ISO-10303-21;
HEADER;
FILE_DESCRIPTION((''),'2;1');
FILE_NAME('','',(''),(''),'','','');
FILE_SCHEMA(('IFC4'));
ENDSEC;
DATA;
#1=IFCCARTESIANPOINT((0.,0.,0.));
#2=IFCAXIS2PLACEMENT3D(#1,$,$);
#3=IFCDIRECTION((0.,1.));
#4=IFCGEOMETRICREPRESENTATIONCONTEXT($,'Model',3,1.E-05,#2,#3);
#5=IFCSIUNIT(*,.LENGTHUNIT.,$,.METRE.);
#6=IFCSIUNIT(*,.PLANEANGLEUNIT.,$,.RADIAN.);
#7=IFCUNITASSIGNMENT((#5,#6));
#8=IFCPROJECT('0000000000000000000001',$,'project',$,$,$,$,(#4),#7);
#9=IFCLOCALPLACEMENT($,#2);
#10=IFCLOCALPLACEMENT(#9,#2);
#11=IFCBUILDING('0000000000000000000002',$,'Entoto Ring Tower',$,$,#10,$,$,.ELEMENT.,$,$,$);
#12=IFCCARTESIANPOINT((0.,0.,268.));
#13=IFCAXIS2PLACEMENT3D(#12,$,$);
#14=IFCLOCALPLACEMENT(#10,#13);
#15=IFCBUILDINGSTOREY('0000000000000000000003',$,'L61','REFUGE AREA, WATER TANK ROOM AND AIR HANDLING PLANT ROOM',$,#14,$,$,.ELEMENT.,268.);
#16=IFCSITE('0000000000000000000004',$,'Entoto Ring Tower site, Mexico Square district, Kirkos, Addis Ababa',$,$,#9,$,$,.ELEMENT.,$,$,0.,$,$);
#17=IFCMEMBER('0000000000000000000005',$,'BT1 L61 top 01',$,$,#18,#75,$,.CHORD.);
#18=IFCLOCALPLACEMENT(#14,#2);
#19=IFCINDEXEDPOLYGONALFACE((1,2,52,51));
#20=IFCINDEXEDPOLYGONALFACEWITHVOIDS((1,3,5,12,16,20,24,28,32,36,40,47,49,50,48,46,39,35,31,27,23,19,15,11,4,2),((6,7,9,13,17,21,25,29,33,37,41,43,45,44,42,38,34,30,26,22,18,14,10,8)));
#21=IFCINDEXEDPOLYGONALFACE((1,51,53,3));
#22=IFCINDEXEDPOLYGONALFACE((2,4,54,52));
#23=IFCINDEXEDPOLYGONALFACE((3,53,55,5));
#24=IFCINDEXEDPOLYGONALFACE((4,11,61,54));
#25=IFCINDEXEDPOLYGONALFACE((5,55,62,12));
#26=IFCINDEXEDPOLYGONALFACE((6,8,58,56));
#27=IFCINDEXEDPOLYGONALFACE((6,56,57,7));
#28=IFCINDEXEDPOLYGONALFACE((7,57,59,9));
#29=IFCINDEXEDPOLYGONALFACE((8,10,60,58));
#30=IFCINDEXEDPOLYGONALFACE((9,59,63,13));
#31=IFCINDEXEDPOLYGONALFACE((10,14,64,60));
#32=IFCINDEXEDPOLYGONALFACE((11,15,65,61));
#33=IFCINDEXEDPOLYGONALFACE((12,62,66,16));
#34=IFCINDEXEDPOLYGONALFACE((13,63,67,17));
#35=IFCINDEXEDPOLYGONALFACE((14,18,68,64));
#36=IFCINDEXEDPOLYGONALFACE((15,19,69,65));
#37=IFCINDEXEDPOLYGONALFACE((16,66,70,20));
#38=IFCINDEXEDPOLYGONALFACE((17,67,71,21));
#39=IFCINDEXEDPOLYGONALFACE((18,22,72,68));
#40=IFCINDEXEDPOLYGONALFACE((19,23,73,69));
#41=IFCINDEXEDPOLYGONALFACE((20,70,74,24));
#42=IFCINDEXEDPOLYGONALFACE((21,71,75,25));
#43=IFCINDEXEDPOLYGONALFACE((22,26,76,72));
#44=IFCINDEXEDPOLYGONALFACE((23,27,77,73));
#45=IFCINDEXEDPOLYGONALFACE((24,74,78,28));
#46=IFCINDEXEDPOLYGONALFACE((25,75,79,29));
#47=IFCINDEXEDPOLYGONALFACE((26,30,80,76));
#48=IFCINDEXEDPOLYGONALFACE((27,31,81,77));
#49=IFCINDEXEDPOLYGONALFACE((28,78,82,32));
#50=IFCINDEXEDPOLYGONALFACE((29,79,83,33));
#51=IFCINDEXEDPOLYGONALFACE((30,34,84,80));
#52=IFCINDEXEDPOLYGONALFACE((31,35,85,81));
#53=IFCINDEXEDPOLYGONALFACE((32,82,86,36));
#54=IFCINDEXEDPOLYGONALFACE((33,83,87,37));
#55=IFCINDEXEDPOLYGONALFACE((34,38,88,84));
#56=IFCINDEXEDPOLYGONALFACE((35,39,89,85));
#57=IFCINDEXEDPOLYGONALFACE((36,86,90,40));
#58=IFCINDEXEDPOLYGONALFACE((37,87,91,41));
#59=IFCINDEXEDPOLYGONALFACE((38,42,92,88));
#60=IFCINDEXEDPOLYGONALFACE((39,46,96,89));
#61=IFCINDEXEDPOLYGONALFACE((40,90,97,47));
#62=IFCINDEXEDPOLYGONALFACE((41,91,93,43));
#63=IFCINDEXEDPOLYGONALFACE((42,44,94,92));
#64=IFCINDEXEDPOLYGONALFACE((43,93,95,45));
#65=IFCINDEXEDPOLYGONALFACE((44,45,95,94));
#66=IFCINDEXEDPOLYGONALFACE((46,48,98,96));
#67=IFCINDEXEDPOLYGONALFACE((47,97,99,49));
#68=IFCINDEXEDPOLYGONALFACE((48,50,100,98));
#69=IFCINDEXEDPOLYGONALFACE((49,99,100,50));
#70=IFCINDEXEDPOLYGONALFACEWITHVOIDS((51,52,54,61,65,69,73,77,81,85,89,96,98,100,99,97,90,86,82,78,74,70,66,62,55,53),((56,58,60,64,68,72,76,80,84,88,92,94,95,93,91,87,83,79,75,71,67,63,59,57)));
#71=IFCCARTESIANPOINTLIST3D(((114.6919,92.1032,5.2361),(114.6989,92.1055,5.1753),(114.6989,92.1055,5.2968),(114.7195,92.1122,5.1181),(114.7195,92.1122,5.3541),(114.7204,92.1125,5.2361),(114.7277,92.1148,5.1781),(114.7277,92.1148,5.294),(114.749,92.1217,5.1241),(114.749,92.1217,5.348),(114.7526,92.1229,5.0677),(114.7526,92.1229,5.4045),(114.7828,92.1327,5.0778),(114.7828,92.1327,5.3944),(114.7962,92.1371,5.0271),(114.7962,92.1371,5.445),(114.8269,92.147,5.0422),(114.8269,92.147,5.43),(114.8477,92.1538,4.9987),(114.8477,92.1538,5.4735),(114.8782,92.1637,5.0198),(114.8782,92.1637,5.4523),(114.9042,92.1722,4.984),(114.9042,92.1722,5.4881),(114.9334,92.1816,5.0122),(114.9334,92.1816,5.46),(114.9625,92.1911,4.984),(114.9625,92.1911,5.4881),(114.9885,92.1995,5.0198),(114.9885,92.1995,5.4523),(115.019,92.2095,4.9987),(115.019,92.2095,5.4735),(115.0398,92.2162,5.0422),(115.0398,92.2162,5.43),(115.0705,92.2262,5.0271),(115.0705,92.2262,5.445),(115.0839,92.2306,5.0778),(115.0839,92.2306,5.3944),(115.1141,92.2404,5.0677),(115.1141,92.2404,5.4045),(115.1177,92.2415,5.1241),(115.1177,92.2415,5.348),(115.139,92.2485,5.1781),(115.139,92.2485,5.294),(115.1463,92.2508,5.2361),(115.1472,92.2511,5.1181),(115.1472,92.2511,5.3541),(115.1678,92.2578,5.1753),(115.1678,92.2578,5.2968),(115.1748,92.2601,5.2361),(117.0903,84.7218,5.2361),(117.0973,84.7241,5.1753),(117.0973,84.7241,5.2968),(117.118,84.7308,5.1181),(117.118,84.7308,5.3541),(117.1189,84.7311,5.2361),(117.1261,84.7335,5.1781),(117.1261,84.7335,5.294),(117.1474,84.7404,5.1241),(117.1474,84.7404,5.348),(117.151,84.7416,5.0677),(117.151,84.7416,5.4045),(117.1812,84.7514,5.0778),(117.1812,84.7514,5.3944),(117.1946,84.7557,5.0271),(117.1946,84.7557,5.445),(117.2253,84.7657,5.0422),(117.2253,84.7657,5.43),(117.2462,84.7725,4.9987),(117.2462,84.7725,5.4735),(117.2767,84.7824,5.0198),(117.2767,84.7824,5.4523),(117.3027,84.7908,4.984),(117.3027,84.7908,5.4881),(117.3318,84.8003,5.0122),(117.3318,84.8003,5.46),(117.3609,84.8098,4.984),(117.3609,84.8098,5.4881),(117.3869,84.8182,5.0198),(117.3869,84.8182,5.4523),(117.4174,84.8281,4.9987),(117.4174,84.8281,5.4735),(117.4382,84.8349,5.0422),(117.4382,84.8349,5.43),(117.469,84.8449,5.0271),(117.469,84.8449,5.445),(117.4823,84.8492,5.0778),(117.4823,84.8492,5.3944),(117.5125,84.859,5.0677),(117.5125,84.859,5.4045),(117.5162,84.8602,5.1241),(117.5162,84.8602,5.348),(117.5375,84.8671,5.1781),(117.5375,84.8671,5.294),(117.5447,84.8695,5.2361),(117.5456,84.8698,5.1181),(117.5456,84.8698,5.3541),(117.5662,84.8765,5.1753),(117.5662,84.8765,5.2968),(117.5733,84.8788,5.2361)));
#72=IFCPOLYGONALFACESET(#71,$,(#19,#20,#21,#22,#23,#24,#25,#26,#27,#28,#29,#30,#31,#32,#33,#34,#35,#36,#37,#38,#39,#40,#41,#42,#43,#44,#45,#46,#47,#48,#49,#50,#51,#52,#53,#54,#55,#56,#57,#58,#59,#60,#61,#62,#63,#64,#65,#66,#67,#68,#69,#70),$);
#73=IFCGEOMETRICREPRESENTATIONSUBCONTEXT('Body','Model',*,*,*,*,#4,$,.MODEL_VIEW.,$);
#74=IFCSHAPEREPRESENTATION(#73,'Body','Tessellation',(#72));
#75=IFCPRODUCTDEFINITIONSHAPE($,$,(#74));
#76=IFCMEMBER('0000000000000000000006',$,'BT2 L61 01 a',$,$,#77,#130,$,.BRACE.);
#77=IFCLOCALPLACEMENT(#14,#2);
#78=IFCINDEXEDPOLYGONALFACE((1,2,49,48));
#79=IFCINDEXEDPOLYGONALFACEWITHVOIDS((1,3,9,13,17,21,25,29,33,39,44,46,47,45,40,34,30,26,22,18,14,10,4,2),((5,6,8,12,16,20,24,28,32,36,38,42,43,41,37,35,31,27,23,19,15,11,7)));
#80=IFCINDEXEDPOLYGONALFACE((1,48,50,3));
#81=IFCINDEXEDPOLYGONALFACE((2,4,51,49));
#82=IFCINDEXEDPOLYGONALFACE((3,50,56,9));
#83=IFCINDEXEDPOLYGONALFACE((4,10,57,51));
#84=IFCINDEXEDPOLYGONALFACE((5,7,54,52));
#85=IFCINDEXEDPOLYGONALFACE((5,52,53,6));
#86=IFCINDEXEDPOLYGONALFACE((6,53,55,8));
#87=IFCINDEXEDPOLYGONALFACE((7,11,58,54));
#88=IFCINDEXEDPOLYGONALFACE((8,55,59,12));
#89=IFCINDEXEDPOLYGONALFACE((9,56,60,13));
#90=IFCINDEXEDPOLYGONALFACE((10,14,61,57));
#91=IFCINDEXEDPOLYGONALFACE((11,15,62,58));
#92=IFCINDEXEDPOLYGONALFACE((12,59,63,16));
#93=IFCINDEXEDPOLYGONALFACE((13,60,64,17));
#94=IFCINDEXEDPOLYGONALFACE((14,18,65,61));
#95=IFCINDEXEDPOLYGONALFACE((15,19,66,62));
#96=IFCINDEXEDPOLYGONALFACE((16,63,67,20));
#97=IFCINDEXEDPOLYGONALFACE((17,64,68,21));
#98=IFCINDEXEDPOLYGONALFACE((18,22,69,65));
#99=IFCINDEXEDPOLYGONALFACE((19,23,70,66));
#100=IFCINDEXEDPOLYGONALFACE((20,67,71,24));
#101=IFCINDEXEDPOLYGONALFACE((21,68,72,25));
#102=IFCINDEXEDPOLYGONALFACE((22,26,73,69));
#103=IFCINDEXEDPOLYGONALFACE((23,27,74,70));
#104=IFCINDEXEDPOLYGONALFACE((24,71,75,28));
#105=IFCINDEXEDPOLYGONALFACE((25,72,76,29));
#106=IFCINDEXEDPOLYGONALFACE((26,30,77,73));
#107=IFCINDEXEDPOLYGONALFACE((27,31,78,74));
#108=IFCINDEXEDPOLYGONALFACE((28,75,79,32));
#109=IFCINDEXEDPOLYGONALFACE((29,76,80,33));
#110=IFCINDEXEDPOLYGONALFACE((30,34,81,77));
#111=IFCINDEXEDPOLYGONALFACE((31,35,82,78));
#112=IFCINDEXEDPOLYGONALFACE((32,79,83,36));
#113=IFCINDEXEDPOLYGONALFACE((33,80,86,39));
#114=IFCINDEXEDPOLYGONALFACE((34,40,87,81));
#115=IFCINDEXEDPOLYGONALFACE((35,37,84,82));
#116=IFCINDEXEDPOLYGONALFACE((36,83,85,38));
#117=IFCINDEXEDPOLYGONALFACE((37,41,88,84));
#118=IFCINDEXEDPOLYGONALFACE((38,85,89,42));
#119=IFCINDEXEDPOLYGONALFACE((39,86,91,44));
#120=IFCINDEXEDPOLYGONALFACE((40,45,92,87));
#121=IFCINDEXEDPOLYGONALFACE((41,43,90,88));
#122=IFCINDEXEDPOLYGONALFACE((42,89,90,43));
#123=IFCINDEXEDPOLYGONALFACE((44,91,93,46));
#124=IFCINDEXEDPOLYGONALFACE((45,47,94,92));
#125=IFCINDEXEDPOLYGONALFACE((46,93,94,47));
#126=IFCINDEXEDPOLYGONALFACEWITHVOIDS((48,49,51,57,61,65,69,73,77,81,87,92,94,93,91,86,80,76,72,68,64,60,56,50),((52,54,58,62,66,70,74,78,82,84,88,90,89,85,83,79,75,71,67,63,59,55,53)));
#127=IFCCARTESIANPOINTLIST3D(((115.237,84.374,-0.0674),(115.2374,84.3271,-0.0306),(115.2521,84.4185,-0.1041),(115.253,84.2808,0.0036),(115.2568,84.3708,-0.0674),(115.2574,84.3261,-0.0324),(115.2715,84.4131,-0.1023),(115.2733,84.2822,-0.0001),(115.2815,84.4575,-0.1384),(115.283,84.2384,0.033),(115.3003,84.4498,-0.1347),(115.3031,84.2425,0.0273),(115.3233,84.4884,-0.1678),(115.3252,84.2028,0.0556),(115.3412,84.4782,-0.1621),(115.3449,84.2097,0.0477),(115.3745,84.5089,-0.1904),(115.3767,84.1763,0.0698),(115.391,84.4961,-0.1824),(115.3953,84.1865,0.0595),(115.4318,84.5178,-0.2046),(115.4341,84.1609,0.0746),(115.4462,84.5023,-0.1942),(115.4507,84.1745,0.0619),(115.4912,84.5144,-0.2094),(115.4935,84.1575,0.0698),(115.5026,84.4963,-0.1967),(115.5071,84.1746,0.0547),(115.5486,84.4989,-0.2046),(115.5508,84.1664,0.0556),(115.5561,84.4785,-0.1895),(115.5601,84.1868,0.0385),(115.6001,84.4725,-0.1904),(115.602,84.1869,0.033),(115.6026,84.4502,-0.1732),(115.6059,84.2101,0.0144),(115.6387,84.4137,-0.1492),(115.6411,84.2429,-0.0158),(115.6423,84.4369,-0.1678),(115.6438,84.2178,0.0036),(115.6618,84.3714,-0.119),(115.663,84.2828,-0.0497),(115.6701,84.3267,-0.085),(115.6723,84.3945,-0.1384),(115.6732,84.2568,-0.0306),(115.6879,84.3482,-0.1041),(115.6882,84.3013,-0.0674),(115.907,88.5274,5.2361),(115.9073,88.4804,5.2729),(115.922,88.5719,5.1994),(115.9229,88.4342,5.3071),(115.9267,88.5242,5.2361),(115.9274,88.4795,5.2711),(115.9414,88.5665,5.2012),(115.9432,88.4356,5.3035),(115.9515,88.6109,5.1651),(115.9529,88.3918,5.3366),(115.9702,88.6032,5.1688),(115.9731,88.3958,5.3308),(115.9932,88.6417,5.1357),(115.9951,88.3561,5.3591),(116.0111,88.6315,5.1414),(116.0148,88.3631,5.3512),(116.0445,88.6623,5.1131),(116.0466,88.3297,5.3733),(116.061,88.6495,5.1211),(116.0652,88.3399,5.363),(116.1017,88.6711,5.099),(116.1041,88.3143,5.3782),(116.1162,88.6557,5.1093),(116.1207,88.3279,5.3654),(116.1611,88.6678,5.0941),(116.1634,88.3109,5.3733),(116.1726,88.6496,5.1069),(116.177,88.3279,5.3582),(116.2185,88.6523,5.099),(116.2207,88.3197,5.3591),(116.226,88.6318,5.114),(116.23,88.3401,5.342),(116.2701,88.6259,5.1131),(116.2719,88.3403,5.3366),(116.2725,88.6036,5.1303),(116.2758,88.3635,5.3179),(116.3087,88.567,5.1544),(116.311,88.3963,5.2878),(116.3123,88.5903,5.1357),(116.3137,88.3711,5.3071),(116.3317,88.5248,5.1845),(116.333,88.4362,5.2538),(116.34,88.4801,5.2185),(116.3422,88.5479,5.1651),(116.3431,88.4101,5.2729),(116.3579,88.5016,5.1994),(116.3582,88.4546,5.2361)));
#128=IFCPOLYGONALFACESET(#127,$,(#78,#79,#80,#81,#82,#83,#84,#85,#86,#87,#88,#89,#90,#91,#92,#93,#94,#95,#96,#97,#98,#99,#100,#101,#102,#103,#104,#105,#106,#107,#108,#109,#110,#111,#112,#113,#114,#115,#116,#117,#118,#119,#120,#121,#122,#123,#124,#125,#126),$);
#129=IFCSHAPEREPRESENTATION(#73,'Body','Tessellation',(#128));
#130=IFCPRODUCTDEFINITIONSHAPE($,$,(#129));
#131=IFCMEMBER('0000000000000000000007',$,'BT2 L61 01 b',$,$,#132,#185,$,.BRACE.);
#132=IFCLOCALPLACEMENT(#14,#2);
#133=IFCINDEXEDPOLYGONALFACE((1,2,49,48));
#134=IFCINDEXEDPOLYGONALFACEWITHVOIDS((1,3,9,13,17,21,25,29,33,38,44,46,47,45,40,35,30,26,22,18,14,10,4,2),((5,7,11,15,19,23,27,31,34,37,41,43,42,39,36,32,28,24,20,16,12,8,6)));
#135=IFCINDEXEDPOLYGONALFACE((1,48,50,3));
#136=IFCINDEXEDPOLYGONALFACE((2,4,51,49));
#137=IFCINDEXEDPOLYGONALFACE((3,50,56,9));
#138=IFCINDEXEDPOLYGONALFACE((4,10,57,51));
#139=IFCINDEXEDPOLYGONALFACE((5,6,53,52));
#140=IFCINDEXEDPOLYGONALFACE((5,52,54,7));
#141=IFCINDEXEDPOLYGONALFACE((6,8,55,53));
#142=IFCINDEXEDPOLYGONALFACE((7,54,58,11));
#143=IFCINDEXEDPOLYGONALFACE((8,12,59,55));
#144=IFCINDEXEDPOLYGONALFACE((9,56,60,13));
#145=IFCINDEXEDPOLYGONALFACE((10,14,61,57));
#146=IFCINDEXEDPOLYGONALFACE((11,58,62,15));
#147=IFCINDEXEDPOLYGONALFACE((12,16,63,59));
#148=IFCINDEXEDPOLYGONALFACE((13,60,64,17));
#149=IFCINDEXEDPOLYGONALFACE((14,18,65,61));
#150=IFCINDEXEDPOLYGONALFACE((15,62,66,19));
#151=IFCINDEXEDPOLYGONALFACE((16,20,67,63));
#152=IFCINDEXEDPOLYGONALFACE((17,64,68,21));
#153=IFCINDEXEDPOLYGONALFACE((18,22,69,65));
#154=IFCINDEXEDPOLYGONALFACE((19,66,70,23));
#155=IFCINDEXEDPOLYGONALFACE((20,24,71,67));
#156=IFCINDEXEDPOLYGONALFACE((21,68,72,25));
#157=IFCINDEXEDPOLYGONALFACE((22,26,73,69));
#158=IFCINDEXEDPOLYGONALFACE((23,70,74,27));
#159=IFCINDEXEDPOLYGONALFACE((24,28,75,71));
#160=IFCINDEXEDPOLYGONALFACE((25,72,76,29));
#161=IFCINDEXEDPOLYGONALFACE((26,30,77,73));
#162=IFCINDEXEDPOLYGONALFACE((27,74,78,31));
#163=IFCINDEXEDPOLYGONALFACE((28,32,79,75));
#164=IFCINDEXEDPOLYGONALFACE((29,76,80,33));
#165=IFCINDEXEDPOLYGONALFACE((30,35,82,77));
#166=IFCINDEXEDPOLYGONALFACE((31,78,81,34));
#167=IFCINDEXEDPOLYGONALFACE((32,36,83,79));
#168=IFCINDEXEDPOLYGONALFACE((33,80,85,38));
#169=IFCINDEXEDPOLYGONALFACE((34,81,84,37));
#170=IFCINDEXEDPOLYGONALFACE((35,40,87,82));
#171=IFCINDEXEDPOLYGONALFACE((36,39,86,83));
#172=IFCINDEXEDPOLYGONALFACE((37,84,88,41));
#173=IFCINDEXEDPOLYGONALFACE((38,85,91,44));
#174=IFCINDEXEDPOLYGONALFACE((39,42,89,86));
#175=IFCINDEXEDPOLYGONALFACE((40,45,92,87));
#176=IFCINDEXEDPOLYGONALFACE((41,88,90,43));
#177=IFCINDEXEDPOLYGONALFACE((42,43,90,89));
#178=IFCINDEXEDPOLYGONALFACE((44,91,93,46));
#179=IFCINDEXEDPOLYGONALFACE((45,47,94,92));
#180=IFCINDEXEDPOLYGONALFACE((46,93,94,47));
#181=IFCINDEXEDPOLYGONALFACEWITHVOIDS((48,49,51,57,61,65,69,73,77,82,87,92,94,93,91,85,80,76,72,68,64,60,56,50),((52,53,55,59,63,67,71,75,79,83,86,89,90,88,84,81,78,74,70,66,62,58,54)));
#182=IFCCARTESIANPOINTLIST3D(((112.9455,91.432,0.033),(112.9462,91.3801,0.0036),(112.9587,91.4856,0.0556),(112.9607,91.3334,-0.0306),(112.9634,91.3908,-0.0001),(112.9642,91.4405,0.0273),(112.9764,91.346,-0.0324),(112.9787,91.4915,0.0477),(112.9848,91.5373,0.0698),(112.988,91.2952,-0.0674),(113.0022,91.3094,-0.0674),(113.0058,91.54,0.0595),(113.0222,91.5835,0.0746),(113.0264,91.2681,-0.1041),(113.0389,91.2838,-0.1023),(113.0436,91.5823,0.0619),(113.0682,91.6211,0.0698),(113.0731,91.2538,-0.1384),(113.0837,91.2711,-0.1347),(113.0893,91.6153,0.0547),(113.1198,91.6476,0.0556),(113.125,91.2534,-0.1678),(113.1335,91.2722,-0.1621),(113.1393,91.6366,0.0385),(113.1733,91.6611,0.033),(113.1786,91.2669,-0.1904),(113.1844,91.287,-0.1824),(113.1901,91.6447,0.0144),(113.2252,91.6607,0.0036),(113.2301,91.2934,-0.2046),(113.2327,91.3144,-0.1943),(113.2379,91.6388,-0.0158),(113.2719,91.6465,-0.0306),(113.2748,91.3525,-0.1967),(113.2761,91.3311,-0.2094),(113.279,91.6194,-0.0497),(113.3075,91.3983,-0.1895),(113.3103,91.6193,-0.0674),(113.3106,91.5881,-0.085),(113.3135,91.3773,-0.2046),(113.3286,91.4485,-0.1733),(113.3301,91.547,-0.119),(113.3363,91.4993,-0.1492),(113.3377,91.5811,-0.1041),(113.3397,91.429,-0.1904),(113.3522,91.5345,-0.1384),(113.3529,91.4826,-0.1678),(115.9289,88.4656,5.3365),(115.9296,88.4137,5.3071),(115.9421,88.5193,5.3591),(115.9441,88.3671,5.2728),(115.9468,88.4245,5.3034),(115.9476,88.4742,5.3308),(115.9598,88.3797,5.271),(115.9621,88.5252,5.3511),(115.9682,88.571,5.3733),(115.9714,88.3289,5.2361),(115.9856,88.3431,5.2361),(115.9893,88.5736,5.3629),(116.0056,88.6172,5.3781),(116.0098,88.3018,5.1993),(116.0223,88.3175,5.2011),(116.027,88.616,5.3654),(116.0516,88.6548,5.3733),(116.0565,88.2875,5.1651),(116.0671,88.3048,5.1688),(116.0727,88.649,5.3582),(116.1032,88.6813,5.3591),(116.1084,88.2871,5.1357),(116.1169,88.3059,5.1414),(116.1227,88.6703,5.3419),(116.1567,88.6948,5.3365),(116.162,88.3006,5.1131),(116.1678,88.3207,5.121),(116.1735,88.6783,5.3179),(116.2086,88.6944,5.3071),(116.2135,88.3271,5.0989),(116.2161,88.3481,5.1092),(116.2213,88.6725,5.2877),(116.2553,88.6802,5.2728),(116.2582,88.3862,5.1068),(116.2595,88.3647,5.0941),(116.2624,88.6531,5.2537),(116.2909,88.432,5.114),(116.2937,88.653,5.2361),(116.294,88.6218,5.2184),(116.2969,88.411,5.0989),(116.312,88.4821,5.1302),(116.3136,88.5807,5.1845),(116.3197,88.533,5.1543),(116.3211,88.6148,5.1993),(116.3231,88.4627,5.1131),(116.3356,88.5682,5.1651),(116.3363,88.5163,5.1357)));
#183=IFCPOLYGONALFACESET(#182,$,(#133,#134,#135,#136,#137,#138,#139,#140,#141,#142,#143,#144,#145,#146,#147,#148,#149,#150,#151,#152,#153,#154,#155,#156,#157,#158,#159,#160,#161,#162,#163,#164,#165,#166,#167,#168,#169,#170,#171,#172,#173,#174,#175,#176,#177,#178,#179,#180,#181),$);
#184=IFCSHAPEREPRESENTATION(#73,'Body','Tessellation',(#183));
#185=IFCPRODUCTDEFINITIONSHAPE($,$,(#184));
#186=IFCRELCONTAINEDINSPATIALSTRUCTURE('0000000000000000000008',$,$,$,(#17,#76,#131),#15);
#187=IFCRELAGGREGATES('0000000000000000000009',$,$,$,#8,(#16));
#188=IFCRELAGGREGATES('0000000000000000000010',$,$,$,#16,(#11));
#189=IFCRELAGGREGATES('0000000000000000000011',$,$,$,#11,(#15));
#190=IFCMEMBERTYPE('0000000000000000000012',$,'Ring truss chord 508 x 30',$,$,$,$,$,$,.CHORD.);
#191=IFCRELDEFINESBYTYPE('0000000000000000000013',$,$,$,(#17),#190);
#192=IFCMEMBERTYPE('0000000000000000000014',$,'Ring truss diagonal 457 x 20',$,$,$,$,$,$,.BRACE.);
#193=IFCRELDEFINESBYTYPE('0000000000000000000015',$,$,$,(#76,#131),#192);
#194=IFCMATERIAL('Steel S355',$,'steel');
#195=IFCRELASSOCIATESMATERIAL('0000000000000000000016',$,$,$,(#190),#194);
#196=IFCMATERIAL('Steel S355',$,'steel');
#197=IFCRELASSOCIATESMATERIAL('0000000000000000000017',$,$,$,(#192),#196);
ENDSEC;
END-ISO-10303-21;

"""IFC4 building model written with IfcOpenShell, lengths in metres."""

from ifc_helpers import new_model, si_unit, direction, frame, origin, origin_2d, place, context, subcontext, project, spatial, circle, hollow_circle, extrude, material, material_profile, profile_set, type_object, element, save


model = new_model("IFC4")

# Units and contexts
model_context = context("Model", 3, precision=1e-05, world=origin(), true_north=direction((0.0, 1.0)))
body_context = subcontext(model_context, "Body", "Model", "MODEL_VIEW")
ifc_project = project(units=[si_unit("LENGTHUNIT", "METRE"), si_unit("PLANEANGLEUNIT", "RADIAN")], contexts=[model_context])

# Site, building, storey
site_placement = place(None, origin())
site = spatial("IfcSite", under=ifc_project, at=site_placement, Name="Entoto Ring Tower site, Mexico Square district, Kirkos, Addis Ababa", CompositionType="ELEMENT", RefElevation=0.0)
building_placement = place(site_placement, origin())
building = spatial("IfcBuilding", under=site, at=building_placement, Name="Entoto Ring Tower", CompositionType="ELEMENT")
storey_placement = place(building_placement, frame((0.0, 0.0, 268.0)))
storey = spatial("IfcBuildingStorey", under=building, at=storey_placement, Name="L61", Description="REFUGE AREA, WATER TANK ROOM AND AIR HANDLING PLANT ROOM", CompositionType="ELEMENT", Elevation=268.0)

# Members
ifc_material_1 = material(Name="Steel S355", Category="steel")
ifc_material_profile_1 = material_profile(ifc_material_1, hollow_circle(Radius=0.2539, WallThickness=0.03, at=origin_2d()), Name="CHS 508 x 30")
ifc_material_2 = material(Name="Concrete C60/75", Category="concrete")
ifc_material_profile_2 = material_profile(ifc_material_2, circle(Radius=0.2241, at=origin_2d()), Name="Concrete C60/75 infill")
ifc_profile_set_1 = profile_set([ifc_material_profile_1, ifc_material_profile_2], Name="Steel S355")
member_type_1 = type_object("IfcMemberType", Name="Ring truss chord 508 x 30", PredefinedType="CHORD", material=ifc_profile_set_1)
member_1_placement = place(storey_placement, frame((117.3318, 84.8003, 5.2361), z_axis=(-0.309028, 0.951053, 0.0), x_axis=(-0.951053, -0.309028, 0.0)))
element("IfcMember", 1, at=member_1_placement, inside=storey, type_object=member_type_1, Name="BT1 L61 top 01", PredefinedType="CHORD", context=body_context, shape_type="SweptSolid", body=[
    extrude(hollow_circle(Radius=0.2539, WallThickness=0.03, at=origin_2d()), origin(), (0.0, 0.0, 1.0), 7.7612),
])
ifc_material_3 = material(Name="Steel S355", Category="steel")
ifc_material_profile_3 = material_profile(ifc_material_3, hollow_circle(Radius=0.2285, WallThickness=0.02, at=origin_2d()), Name="CHS 457 x 20")
ifc_material_4 = material(Name="Concrete C60/75", Category="concrete")
ifc_material_profile_4 = material_profile(ifc_material_4, circle(Radius=0.2085, at=origin_2d()), Name="Concrete C60/75 infill")
ifc_profile_set_2 = profile_set([ifc_material_profile_3, ifc_material_profile_4], Name="Steel S355")
member_type_2 = type_object("IfcMemberType", Name="Ring truss diagonal 457 x 20", PredefinedType="BRACE", material=ifc_profile_set_2)
for number, where, z_axis, x_axis, name in (
    (2, (115.4626, 84.3376, -0.0674), (0.098962, 0.613538, 0.78344), (-0.98724, 0.15924, 0.0), "BT2 L61 01 a"),
    (3, (116.1326, 88.491, 5.2361), (-0.44071, 0.438186, -0.783433), (-0.705073, -0.709135, 0.0), "BT2 L61 01 b"),
):
    element("IfcMember", number, at=place(storey_placement, frame(where, z_axis=z_axis, x_axis=x_axis)), inside=storey, type_object=member_type_2, Name=name, PredefinedType="BRACE", context=body_context, shape_type="SweptSolid", body=[
        extrude(hollow_circle(Radius=0.2285, WallThickness=0.02, at=origin_2d()), origin(), (0.0, 0.0, 1.0), 6.7695),
    ])

save(model, "model.ifc")
